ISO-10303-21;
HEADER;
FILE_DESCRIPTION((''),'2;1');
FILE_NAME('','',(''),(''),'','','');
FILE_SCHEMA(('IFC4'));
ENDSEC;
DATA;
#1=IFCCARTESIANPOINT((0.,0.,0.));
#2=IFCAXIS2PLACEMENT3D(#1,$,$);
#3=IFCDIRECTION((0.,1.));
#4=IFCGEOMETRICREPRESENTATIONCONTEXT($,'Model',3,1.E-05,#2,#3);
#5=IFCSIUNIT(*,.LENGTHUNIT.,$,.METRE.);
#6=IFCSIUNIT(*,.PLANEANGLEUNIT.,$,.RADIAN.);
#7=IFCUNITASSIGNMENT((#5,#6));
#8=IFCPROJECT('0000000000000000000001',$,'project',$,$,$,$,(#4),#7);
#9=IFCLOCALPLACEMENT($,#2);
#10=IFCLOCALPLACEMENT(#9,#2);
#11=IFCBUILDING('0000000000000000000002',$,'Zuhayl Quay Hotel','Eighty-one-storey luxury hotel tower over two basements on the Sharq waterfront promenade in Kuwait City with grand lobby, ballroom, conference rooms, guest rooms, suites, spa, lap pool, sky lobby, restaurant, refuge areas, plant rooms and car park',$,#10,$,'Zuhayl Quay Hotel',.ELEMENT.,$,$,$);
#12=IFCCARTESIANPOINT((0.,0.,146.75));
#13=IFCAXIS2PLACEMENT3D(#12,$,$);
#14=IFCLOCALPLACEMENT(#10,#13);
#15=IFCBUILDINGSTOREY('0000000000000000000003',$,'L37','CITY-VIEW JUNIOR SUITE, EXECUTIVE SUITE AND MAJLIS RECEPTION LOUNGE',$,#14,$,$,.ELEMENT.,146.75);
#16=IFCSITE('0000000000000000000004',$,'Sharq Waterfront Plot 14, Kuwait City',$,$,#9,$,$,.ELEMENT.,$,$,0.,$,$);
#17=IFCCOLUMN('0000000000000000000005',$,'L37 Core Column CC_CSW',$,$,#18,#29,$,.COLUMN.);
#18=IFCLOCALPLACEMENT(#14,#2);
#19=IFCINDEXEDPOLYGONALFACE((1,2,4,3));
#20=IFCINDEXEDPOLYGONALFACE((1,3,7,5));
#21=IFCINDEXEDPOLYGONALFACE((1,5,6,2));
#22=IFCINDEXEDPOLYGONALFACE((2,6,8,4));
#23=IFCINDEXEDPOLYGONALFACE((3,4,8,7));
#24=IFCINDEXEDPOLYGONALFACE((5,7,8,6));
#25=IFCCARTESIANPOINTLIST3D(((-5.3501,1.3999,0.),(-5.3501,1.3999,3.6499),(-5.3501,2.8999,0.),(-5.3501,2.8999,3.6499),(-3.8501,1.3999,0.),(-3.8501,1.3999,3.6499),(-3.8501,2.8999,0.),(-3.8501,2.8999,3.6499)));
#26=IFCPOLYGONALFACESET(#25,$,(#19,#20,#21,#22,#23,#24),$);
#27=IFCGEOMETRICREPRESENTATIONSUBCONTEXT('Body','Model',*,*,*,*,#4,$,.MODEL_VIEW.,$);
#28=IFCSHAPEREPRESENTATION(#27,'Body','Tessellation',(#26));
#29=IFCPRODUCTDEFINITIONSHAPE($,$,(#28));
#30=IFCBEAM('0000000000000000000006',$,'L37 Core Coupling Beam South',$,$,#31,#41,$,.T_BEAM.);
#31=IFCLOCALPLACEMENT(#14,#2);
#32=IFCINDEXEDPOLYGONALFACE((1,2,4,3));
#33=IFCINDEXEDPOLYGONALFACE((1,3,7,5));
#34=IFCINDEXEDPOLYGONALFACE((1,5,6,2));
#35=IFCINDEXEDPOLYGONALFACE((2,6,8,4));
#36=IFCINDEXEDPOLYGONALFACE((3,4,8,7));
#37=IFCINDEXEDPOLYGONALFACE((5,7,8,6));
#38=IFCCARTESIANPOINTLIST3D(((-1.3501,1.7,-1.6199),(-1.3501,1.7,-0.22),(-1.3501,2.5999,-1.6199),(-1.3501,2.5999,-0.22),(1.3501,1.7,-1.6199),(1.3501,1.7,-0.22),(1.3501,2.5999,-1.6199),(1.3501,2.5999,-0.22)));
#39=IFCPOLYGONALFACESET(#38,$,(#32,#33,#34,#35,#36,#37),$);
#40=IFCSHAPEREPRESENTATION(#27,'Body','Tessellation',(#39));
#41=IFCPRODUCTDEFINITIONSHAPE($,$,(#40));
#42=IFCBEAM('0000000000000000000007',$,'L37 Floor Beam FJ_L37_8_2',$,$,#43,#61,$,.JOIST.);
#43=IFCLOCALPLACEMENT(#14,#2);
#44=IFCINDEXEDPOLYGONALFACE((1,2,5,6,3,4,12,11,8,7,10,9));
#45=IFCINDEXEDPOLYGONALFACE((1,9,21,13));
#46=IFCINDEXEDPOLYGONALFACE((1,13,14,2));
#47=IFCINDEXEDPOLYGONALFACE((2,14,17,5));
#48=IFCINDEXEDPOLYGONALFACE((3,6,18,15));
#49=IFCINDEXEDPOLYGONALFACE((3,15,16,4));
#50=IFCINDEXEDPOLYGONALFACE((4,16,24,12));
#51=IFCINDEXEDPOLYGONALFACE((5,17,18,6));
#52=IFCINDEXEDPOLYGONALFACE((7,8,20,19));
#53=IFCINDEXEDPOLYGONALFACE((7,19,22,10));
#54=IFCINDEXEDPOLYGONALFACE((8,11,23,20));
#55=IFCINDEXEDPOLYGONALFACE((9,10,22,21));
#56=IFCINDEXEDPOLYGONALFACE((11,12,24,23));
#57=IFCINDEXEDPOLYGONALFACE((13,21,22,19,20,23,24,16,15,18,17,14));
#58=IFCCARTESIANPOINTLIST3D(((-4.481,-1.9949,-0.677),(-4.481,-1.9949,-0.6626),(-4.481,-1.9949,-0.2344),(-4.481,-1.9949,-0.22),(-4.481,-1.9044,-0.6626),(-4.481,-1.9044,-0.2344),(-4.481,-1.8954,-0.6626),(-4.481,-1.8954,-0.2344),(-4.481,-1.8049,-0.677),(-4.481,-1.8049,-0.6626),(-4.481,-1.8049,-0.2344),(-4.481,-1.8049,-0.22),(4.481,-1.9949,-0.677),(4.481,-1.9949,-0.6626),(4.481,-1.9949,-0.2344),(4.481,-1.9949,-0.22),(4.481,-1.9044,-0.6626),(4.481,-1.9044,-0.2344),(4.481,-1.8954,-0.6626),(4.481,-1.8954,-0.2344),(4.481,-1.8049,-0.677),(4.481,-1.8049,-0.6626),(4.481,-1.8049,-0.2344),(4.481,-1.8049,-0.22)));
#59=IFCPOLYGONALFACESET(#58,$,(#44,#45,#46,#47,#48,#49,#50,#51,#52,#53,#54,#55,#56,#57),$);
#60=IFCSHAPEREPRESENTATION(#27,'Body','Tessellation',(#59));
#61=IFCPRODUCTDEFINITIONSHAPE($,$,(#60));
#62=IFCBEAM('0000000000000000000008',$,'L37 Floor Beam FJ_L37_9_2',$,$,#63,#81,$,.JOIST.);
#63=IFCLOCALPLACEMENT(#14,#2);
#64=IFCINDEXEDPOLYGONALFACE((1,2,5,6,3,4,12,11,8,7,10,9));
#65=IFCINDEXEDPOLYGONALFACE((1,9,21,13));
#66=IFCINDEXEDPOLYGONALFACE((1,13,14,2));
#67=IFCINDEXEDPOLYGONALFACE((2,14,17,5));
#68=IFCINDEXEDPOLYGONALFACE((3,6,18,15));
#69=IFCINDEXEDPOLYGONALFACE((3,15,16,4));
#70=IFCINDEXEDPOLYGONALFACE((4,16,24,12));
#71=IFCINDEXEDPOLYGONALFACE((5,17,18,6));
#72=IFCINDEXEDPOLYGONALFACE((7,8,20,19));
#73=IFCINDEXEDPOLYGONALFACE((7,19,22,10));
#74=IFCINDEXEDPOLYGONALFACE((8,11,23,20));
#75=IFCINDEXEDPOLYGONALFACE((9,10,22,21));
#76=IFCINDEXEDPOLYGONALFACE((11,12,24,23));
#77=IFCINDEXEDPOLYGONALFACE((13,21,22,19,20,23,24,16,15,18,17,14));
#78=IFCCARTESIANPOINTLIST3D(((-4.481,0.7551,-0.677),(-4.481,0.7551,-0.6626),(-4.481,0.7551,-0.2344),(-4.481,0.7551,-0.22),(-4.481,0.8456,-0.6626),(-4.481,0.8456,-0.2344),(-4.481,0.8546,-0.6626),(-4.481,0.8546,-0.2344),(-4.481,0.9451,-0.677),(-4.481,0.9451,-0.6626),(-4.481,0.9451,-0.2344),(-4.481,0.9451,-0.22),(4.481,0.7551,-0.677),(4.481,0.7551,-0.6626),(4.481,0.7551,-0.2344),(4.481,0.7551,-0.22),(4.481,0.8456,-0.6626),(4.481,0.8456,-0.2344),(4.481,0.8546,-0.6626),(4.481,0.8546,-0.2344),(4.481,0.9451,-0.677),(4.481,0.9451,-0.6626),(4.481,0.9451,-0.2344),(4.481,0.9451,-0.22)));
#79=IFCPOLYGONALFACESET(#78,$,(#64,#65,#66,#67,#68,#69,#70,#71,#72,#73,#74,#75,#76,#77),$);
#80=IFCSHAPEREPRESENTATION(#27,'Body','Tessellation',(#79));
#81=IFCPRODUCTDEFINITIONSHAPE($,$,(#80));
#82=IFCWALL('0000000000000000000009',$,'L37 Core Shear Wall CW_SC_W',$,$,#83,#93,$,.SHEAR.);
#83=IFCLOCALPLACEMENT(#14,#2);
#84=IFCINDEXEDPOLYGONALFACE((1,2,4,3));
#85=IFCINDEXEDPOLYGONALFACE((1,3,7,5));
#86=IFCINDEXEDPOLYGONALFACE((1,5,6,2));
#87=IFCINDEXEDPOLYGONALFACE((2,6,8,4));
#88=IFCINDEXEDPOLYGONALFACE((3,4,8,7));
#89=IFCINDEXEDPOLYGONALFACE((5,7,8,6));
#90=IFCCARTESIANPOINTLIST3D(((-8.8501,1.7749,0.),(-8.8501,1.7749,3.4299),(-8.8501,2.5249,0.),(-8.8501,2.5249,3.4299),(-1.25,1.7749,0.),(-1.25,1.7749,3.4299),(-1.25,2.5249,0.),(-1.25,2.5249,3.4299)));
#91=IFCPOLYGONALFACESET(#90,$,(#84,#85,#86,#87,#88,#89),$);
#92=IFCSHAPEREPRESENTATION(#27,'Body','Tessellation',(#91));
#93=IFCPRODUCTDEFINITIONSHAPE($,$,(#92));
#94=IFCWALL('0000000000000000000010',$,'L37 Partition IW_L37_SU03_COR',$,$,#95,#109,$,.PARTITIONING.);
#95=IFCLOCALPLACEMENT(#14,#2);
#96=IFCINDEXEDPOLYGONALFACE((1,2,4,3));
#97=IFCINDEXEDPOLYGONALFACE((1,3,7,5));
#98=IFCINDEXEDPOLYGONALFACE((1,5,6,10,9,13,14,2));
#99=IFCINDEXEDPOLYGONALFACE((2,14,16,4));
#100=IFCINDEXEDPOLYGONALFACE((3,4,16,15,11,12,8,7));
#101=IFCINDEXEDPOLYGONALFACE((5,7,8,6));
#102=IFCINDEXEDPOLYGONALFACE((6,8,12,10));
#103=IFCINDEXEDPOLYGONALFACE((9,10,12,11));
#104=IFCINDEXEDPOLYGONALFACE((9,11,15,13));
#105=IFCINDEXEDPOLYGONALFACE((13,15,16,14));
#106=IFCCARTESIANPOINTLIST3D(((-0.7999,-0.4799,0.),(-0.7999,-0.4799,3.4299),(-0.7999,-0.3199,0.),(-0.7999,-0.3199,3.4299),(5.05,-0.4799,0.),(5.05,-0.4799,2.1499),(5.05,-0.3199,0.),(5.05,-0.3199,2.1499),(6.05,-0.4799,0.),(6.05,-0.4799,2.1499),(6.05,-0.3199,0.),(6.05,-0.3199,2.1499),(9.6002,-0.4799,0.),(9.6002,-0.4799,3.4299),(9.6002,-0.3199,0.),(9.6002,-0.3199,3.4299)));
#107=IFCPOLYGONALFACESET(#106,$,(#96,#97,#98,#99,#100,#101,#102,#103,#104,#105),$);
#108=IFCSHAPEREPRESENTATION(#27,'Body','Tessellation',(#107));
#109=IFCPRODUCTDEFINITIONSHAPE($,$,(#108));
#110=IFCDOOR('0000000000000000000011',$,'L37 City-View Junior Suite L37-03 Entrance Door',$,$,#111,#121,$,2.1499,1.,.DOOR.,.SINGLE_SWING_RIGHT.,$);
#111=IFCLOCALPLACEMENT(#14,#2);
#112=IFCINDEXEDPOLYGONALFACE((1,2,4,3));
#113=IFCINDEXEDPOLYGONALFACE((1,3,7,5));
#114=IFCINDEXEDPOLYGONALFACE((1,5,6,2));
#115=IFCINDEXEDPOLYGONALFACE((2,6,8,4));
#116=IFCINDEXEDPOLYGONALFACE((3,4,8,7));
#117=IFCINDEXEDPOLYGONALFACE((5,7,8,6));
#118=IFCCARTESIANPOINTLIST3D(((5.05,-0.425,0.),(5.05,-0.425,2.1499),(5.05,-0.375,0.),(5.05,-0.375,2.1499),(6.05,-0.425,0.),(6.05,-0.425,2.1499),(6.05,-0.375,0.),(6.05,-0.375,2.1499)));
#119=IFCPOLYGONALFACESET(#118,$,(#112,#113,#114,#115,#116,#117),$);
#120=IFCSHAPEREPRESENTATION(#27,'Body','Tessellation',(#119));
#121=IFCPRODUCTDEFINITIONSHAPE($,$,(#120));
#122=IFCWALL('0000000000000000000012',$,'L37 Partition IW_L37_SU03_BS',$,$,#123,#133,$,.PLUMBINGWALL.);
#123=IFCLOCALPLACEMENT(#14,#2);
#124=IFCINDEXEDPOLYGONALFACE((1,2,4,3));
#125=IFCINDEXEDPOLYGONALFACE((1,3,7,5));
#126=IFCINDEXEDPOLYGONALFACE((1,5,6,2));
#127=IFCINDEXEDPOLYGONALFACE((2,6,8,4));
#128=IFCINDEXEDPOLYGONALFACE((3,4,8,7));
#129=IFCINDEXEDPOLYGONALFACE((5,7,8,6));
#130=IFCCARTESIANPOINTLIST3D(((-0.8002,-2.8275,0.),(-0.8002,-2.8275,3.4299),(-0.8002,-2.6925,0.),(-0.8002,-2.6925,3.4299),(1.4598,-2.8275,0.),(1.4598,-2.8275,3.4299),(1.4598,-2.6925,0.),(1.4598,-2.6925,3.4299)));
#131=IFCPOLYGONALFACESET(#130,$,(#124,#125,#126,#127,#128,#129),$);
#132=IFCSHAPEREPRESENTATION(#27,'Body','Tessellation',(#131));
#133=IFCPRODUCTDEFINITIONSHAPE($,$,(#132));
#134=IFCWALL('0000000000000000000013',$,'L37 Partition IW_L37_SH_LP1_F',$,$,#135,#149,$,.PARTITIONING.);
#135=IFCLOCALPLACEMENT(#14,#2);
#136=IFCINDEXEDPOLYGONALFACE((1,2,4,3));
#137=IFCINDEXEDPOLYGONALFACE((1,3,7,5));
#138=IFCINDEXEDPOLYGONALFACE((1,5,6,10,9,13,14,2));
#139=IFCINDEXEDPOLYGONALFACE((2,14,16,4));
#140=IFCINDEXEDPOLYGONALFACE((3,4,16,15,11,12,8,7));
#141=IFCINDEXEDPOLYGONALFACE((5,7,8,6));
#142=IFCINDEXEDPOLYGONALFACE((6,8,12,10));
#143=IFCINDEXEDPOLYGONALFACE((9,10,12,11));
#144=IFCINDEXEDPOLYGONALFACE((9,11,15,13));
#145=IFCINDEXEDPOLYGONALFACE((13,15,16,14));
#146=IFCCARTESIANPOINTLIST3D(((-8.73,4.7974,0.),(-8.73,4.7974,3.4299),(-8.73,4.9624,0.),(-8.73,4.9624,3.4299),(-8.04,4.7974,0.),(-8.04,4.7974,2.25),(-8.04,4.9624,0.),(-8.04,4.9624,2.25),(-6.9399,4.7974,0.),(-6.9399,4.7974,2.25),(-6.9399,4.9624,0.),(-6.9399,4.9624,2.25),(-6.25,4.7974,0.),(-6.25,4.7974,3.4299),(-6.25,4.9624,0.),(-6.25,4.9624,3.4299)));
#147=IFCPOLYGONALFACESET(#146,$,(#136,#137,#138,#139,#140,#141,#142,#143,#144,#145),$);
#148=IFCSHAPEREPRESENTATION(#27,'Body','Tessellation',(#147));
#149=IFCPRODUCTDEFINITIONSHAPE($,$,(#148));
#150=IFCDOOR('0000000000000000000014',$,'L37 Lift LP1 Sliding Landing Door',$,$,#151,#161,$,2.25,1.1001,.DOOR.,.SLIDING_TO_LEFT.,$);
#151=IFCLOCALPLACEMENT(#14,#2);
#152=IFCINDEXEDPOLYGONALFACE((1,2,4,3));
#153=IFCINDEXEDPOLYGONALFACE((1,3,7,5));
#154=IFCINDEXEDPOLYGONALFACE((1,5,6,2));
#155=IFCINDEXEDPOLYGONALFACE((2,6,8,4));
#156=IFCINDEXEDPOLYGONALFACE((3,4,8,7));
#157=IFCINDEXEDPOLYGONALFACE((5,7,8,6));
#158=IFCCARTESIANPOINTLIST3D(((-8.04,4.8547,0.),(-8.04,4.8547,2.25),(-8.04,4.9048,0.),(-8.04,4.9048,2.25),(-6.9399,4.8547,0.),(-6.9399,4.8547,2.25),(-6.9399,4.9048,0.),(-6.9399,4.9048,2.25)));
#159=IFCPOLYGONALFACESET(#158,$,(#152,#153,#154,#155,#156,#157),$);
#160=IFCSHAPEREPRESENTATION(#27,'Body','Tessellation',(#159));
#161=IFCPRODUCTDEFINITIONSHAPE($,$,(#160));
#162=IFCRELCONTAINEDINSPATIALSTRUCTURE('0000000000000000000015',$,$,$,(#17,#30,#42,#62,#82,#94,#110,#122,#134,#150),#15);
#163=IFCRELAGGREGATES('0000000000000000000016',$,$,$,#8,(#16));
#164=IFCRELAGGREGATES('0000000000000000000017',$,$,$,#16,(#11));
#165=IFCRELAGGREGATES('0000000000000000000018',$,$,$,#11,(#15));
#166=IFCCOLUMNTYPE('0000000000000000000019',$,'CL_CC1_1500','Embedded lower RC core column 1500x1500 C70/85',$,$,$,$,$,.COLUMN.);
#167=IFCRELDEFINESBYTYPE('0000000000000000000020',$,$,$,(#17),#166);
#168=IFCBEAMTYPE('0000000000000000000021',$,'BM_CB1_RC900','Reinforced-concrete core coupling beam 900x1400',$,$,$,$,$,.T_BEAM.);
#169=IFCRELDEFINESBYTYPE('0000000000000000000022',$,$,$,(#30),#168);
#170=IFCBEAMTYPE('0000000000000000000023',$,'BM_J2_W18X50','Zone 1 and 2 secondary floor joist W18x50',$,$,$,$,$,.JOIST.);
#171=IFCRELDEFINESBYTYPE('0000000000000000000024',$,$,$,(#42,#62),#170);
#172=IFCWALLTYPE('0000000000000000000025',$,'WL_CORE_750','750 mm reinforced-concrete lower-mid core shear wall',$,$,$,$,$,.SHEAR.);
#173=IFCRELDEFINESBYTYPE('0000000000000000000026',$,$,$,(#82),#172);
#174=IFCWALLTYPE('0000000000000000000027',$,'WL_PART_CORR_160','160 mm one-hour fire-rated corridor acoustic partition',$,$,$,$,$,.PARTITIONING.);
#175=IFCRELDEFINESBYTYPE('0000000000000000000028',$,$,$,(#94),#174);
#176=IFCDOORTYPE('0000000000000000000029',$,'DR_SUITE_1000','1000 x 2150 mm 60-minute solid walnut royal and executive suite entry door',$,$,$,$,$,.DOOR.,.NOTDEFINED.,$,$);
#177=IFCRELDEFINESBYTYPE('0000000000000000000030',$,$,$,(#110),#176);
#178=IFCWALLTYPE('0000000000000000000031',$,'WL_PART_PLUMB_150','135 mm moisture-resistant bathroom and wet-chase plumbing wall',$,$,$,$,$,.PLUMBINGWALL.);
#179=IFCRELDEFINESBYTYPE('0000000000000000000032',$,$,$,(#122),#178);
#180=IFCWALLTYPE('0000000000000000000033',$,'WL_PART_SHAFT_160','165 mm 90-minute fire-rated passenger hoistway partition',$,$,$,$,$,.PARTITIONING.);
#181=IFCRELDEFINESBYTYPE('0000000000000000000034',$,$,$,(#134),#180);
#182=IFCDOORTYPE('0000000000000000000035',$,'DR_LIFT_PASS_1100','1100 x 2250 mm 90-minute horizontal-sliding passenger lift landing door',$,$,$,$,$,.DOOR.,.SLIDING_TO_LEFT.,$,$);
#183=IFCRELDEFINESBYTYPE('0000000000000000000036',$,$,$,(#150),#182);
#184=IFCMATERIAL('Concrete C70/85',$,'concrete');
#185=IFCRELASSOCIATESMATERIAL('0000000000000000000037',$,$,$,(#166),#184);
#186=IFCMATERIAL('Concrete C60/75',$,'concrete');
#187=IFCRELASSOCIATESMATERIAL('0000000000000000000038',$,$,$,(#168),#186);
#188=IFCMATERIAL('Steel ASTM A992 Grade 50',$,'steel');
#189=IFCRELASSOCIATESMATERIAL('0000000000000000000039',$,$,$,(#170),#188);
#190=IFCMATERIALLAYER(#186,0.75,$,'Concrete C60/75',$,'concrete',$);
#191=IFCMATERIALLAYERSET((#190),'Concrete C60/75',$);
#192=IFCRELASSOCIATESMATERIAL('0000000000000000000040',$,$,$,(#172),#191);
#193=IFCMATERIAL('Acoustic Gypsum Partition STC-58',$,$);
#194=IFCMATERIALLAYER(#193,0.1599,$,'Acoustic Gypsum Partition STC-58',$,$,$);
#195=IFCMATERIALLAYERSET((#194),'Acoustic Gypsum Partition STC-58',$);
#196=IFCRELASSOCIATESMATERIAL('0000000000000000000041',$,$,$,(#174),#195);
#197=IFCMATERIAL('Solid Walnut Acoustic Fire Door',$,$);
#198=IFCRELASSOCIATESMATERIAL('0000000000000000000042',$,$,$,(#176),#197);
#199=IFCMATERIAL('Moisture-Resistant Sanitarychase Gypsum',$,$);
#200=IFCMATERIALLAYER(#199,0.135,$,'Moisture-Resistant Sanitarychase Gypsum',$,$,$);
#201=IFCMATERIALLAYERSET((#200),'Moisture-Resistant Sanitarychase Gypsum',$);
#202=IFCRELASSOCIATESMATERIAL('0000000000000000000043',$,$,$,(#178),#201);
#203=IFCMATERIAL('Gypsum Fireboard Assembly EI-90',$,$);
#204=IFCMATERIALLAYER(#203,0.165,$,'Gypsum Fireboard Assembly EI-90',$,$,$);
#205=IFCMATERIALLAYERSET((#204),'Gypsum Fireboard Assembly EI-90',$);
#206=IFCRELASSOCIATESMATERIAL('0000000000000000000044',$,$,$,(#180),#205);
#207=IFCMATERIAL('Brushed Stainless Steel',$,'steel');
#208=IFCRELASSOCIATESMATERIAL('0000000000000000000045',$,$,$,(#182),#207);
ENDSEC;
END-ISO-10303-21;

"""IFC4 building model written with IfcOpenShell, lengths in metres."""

from ifc_helpers import new_model, si_unit, direction, frame, frame_2d, origin, origin_2d, place, context, subcontext, project, spatial, rectangle, i_section, extrude, material, layer, layer_set, material_profile, profile_set, type_object, element, fill, save


model = new_model("IFC4")

# Units and contexts
model_context = context("Model", 3, precision=1e-05, world=origin(), true_north=direction((0.0, 1.0)))
body_context = subcontext(model_context, "Body", "Model", "MODEL_VIEW")
ifc_project = project(units=[si_unit("LENGTHUNIT", "METRE"), si_unit("PLANEANGLEUNIT", "RADIAN")], contexts=[model_context])

# Site, building, storey
site_placement = place(None, origin())
site = spatial("IfcSite", under=ifc_project, at=site_placement, Name="Sharq Waterfront Plot 14, Kuwait City", CompositionType="ELEMENT", RefElevation=0.0)
building_placement = place(site_placement, origin())
building = spatial("IfcBuilding", under=site, at=building_placement, Name="Zuhayl Quay Hotel", Description="Eighty-one-storey luxury hotel tower over two basements on the Sharq waterfront promenade in Kuwait City with grand lobby, ballroom, conference rooms, guest rooms, suites, spa, lap pool, sky lobby, restaurant, refuge areas, plant rooms and car park", LongName="Zuhayl Quay Hotel", CompositionType="ELEMENT")
storey_placement = place(building_placement, frame((0.0, 0.0, 146.75)))
storey = spatial("IfcBuildingStorey", under=building, at=storey_placement, Name="L37", Description="CITY-VIEW JUNIOR SUITE, EXECUTIVE SUITE AND MAJLIS RECEPTION LOUNGE", CompositionType="ELEMENT", Elevation=146.75)

# Column
ifc_material_1 = material(Name="Concrete C70/85", Category="concrete")
ifc_material_profile_1 = material_profile(ifc_material_1, rectangle(XDim=1.5, YDim=1.5, at=origin_2d()), Name="RC1500X1500")
ifc_profile_set_1 = profile_set([ifc_material_profile_1], Name="Concrete C70/85")
column_type = type_object("IfcColumnType", Name="CL_CC1_1500", Description="Embedded lower RC core column 1500x1500 C70/85", PredefinedType="COLUMN", material=ifc_profile_set_1)
column_placement = place(storey_placement, frame((-4.6001, 2.1499, 0.0), z_axis=(0.0, 0.0, 1.0), x_axis=(1.0, 0.0, 0.0)))
element("IfcColumn", 1, at=column_placement, inside=storey, type_object=column_type, Name="L37 Core Column CC_CSW", PredefinedType="COLUMN", context=body_context, shape_type="SweptSolid", body=[
    extrude(rectangle(XDim=1.5, YDim=1.5, at=origin_2d()), origin(), (0.0, 0.0, 1.0), 3.6499),
])

# Beams
ifc_material_2 = material(Name="Concrete C60/75", Category="concrete")
ifc_material_profile_2 = material_profile(ifc_material_2, rectangle(XDim=0.8999, YDim=1.3999, at=origin_2d()), Name="RC900X1400")
ifc_profile_set_2 = profile_set([ifc_material_profile_2], Name="Concrete C60/75")
beam_type_1 = type_object("IfcBeamType", Name="BM_CB1_RC900", Description="Reinforced-concrete core coupling beam 900x1400", PredefinedType="T_BEAM", material=ifc_profile_set_2)
beam_placement = place(storey_placement, frame((-1.3501, 2.1499, -0.9199), z_axis=(1.0, 0.0, 0.0), x_axis=(0.0, 1.0, 0.0)))
element("IfcBeam", 2, at=beam_placement, inside=storey, type_object=beam_type_1, Name="L37 Core Coupling Beam South", PredefinedType="T_BEAM", context=body_context, shape_type="SweptSolid", body=[
    extrude(rectangle(XDim=0.8999, YDim=1.3999, at=origin_2d()), origin(), (0.0, 0.0, 1.0), 2.7002),
])
ifc_material_3 = material(Name="Steel ASTM A992 Grade 50", Category="steel")
ifc_material_profile_3 = material_profile(ifc_material_3, i_section(OverallWidth=0.1899, OverallDepth=0.457, WebThickness=0.009, FlangeThickness=0.0144, at=origin_2d()), Name="W18X50")
ifc_profile_set_3 = profile_set([ifc_material_profile_3], Name="Steel ASTM A992 Grade 50")
beam_type_2 = type_object("IfcBeamType", Name="BM_J2_W18X50", Description="Zone 1 and 2 secondary floor joist W18x50", PredefinedType="JOIST", material=ifc_profile_set_3)
for number, where, z_axis, x_axis, name in (
    (3, (-4.481, -1.8999, -0.4485), (1.0, 0.0, 0.0), (0.0, 1.0, 0.0), "L37 Floor Beam FJ_L37_8_2"),
    (4, (-4.481, 0.8501, -0.4485), (1.0, 0.0, 0.0), (0.0, 1.0, 0.0), "L37 Floor Beam FJ_L37_9_2"),
):
    element("IfcBeam", number, at=place(storey_placement, frame(where, z_axis=z_axis, x_axis=x_axis)), inside=storey, type_object=beam_type_2, Name=name, PredefinedType="JOIST", context=body_context, shape_type="SweptSolid", body=[
        extrude(i_section(OverallWidth=0.1899, OverallDepth=0.457, WebThickness=0.009, FlangeThickness=0.0144, at=origin_2d()), origin(), (0.0, 0.0, 1.0), 8.9619),
    ])

# Wall
ifc_layer_1 = layer(ifc_material_2, 0.75, Name="Concrete C60/75", Category="concrete")
ifc_layer_set_1 = layer_set([ifc_layer_1], Name="Concrete C60/75")
wall_type_1 = type_object("IfcWallType", Name="WL_CORE_750", Description="750 mm reinforced-concrete lower-mid core shear wall", PredefinedType="SHEAR", material=ifc_layer_set_1)
wall_1_placement = place(storey_placement, frame((-8.8501, 2.1499, 0.0), z_axis=(0.0, 0.0, 1.0), x_axis=(1.0, 0.0, 0.0)))
element("IfcWall", 5, at=wall_1_placement, inside=storey, type_object=wall_type_1, Name="L37 Core Shear Wall CW_SC_W", PredefinedType="SHEAR", context=body_context, shape_type="SweptSolid", body=[
    extrude(rectangle(XDim=7.6001, YDim=0.75, at=frame_2d((3.8, 0.0))), origin(), (0.0, 0.0, 1.0), 3.4299),
])

# Wall, opening, door
ifc_material_4 = material(Name="Acoustic Gypsum Partition STC-58")
ifc_layer_2 = layer(ifc_material_4, 0.1599, Name="Acoustic Gypsum Partition STC-58")
ifc_layer_set_2 = layer_set([ifc_layer_2], Name="Acoustic Gypsum Partition STC-58")
wall_type_2 = type_object("IfcWallType", Name="WL_PART_CORR_160", Description="160 mm one-hour fire-rated corridor acoustic partition", PredefinedType="PARTITIONING", material=ifc_layer_set_2)
wall_2_placement = place(storey_placement, frame((-0.8, -0.3999, 0.0), z_axis=(0.0, 0.0, 1.0), x_axis=(1.0, 0.0, 0.0)))
wall_2 = element("IfcWall", 6, at=wall_2_placement, inside=storey, type_object=wall_type_2, Name="L37 Partition IW_L37_SU03_COR", PredefinedType="PARTITIONING", context=body_context, shape_type="SweptSolid", body=[
    extrude(rectangle(XDim=10.4001, YDim=0.1599, at=frame_2d((5.2002, 0.0))), origin(), (0.0, 0.0, 1.0), 3.4299),
])
opening_1_placement = place(wall_2_placement, frame((5.8501, 0.0, 0.0)))
opening_1 = element("IfcOpeningElement", 7, at=opening_1_placement, cuts=wall_2, PredefinedType="OPENING", context=body_context, shape_type="SweptSolid", body=[
    extrude(rectangle(XDim=1.0, YDim=2.1499, at=frame_2d((0.5, 1.075))), frame((0.0, 0.0898, 0.0), z_axis=(0.0, -1.0, 0.0), x_axis=(1.0, 0.0, 0.0)), (0.0, 0.0, 1.0), 0.1799),
])
ifc_material_5 = material(Name="Solid Walnut Acoustic Fire Door")
door_type_1 = type_object("IfcDoorType", Name="DR_SUITE_1000", Description="1000 x 2150 mm 60-minute solid walnut royal and executive suite entry door", OperationType="NOTDEFINED", PredefinedType="DOOR", material=ifc_material_5)
door_1_placement = place(opening_1_placement, origin())
door_1 = element("IfcDoor", 8, at=door_1_placement, inside=storey, type_object=door_type_1, Name="L37 City-View Junior Suite L37-03 Entrance Door", OperationType="SINGLE_SWING_RIGHT", OverallHeight=2.1499, OverallWidth=1.0, PredefinedType="DOOR", context=body_context, shape_type="SweptSolid", body=[
    extrude(rectangle(XDim=1.0, YDim=2.1499, at=frame_2d((0.5, 1.075))), frame((0.0, 0.0249, 0.0), z_axis=(0.0, -1.0, 0.0), x_axis=(1.0, 0.0, 0.0)), (0.0, 0.0, 1.0), 0.05),
])
fill(opening_1, door_1)

# Wall
ifc_material_6 = material(Name="Moisture-Resistant Sanitarychase Gypsum")
ifc_layer_3 = layer(ifc_material_6, 0.135, Name="Moisture-Resistant Sanitarychase Gypsum")
ifc_layer_set_3 = layer_set([ifc_layer_3], Name="Moisture-Resistant Sanitarychase Gypsum")
wall_type_3 = type_object("IfcWallType", Name="WL_PART_PLUMB_150", Description="135 mm moisture-resistant bathroom and wet-chase plumbing wall", PredefinedType="PLUMBINGWALL", material=ifc_layer_set_3)
wall_3_placement = place(storey_placement, frame((-0.8, -2.76, 0.0), z_axis=(0.0, 0.0, 1.0), x_axis=(1.0, 0.0, 0.0)))
element("IfcWall", 9, at=wall_3_placement, inside=storey, type_object=wall_type_3, Name="L37 Partition IW_L37_SU03_BS", PredefinedType="PLUMBINGWALL", context=body_context, shape_type="SweptSolid", body=[
    extrude(rectangle(XDim=2.26, YDim=0.135, at=frame_2d((1.1299, 0.0))), origin(), (0.0, 0.0, 1.0), 3.4299),
])

# Wall, opening, door
ifc_material_7 = material(Name="Gypsum Fireboard Assembly EI-90")
ifc_layer_4 = layer(ifc_material_7, 0.165, Name="Gypsum Fireboard Assembly EI-90")
ifc_layer_set_4 = layer_set([ifc_layer_4], Name="Gypsum Fireboard Assembly EI-90")
wall_type_4 = type_object("IfcWallType", Name="WL_PART_SHAFT_160", Description="165 mm 90-minute fire-rated passenger hoistway partition", PredefinedType="PARTITIONING", material=ifc_layer_set_4)
wall_4_placement = place(storey_placement, frame((-8.73, 4.8799, 0.0), z_axis=(0.0, 0.0, 1.0), x_axis=(1.0, 0.0, 0.0)))
wall_4 = element("IfcWall", 10, at=wall_4_placement, inside=storey, type_object=wall_type_4, Name="L37 Partition IW_L37_SH_LP1_F", PredefinedType="PARTITIONING", context=body_context, shape_type="SweptSolid", body=[
    extrude(rectangle(XDim=2.48, YDim=0.165, at=frame_2d((1.24, 0.0))), origin(), (0.0, 0.0, 1.0), 3.4299),
])
opening_2_placement = place(wall_4_placement, frame((0.6899, 0.0, 0.0)))
opening_2 = element("IfcOpeningElement", 11, at=opening_2_placement, cuts=wall_4, PredefinedType="OPENING", context=body_context, shape_type="SweptSolid", body=[
    extrude(rectangle(XDim=1.1001, YDim=2.25, at=frame_2d((0.55, 1.125))), frame((0.0, 0.0925, 0.0), z_axis=(0.0, -1.0, 0.0), x_axis=(1.0, 0.0, 0.0)), (0.0, 0.0, 1.0), 0.1851),
])
ifc_material_8 = material(Name="Brushed Stainless Steel", Category="steel")
door_type_2 = type_object("IfcDoorType", Name="DR_LIFT_PASS_1100", Description="1100 x 2250 mm 90-minute horizontal-sliding passenger lift landing door", OperationType="SLIDING_TO_LEFT", PredefinedType="DOOR", material=ifc_material_8)
door_2_placement = place(opening_2_placement, origin())
door_2 = element("IfcDoor", 12, at=door_2_placement, inside=storey, type_object=door_type_2, Name="L37 Lift LP1 Sliding Landing Door", OperationType="SLIDING_TO_LEFT", OverallHeight=2.25, OverallWidth=1.1001, PredefinedType="DOOR", context=body_context, shape_type="SweptSolid", body=[
    extrude(rectangle(XDim=1.1001, YDim=2.25, at=frame_2d((0.55, 1.125))), frame((0.0, 0.0249, 0.0), z_axis=(0.0, -1.0, 0.0), x_axis=(1.0, 0.0, 0.0)), (0.0, 0.0, 1.0), 0.05),
])
fill(opening_2, door_2)

save(model, "model.ifc")
